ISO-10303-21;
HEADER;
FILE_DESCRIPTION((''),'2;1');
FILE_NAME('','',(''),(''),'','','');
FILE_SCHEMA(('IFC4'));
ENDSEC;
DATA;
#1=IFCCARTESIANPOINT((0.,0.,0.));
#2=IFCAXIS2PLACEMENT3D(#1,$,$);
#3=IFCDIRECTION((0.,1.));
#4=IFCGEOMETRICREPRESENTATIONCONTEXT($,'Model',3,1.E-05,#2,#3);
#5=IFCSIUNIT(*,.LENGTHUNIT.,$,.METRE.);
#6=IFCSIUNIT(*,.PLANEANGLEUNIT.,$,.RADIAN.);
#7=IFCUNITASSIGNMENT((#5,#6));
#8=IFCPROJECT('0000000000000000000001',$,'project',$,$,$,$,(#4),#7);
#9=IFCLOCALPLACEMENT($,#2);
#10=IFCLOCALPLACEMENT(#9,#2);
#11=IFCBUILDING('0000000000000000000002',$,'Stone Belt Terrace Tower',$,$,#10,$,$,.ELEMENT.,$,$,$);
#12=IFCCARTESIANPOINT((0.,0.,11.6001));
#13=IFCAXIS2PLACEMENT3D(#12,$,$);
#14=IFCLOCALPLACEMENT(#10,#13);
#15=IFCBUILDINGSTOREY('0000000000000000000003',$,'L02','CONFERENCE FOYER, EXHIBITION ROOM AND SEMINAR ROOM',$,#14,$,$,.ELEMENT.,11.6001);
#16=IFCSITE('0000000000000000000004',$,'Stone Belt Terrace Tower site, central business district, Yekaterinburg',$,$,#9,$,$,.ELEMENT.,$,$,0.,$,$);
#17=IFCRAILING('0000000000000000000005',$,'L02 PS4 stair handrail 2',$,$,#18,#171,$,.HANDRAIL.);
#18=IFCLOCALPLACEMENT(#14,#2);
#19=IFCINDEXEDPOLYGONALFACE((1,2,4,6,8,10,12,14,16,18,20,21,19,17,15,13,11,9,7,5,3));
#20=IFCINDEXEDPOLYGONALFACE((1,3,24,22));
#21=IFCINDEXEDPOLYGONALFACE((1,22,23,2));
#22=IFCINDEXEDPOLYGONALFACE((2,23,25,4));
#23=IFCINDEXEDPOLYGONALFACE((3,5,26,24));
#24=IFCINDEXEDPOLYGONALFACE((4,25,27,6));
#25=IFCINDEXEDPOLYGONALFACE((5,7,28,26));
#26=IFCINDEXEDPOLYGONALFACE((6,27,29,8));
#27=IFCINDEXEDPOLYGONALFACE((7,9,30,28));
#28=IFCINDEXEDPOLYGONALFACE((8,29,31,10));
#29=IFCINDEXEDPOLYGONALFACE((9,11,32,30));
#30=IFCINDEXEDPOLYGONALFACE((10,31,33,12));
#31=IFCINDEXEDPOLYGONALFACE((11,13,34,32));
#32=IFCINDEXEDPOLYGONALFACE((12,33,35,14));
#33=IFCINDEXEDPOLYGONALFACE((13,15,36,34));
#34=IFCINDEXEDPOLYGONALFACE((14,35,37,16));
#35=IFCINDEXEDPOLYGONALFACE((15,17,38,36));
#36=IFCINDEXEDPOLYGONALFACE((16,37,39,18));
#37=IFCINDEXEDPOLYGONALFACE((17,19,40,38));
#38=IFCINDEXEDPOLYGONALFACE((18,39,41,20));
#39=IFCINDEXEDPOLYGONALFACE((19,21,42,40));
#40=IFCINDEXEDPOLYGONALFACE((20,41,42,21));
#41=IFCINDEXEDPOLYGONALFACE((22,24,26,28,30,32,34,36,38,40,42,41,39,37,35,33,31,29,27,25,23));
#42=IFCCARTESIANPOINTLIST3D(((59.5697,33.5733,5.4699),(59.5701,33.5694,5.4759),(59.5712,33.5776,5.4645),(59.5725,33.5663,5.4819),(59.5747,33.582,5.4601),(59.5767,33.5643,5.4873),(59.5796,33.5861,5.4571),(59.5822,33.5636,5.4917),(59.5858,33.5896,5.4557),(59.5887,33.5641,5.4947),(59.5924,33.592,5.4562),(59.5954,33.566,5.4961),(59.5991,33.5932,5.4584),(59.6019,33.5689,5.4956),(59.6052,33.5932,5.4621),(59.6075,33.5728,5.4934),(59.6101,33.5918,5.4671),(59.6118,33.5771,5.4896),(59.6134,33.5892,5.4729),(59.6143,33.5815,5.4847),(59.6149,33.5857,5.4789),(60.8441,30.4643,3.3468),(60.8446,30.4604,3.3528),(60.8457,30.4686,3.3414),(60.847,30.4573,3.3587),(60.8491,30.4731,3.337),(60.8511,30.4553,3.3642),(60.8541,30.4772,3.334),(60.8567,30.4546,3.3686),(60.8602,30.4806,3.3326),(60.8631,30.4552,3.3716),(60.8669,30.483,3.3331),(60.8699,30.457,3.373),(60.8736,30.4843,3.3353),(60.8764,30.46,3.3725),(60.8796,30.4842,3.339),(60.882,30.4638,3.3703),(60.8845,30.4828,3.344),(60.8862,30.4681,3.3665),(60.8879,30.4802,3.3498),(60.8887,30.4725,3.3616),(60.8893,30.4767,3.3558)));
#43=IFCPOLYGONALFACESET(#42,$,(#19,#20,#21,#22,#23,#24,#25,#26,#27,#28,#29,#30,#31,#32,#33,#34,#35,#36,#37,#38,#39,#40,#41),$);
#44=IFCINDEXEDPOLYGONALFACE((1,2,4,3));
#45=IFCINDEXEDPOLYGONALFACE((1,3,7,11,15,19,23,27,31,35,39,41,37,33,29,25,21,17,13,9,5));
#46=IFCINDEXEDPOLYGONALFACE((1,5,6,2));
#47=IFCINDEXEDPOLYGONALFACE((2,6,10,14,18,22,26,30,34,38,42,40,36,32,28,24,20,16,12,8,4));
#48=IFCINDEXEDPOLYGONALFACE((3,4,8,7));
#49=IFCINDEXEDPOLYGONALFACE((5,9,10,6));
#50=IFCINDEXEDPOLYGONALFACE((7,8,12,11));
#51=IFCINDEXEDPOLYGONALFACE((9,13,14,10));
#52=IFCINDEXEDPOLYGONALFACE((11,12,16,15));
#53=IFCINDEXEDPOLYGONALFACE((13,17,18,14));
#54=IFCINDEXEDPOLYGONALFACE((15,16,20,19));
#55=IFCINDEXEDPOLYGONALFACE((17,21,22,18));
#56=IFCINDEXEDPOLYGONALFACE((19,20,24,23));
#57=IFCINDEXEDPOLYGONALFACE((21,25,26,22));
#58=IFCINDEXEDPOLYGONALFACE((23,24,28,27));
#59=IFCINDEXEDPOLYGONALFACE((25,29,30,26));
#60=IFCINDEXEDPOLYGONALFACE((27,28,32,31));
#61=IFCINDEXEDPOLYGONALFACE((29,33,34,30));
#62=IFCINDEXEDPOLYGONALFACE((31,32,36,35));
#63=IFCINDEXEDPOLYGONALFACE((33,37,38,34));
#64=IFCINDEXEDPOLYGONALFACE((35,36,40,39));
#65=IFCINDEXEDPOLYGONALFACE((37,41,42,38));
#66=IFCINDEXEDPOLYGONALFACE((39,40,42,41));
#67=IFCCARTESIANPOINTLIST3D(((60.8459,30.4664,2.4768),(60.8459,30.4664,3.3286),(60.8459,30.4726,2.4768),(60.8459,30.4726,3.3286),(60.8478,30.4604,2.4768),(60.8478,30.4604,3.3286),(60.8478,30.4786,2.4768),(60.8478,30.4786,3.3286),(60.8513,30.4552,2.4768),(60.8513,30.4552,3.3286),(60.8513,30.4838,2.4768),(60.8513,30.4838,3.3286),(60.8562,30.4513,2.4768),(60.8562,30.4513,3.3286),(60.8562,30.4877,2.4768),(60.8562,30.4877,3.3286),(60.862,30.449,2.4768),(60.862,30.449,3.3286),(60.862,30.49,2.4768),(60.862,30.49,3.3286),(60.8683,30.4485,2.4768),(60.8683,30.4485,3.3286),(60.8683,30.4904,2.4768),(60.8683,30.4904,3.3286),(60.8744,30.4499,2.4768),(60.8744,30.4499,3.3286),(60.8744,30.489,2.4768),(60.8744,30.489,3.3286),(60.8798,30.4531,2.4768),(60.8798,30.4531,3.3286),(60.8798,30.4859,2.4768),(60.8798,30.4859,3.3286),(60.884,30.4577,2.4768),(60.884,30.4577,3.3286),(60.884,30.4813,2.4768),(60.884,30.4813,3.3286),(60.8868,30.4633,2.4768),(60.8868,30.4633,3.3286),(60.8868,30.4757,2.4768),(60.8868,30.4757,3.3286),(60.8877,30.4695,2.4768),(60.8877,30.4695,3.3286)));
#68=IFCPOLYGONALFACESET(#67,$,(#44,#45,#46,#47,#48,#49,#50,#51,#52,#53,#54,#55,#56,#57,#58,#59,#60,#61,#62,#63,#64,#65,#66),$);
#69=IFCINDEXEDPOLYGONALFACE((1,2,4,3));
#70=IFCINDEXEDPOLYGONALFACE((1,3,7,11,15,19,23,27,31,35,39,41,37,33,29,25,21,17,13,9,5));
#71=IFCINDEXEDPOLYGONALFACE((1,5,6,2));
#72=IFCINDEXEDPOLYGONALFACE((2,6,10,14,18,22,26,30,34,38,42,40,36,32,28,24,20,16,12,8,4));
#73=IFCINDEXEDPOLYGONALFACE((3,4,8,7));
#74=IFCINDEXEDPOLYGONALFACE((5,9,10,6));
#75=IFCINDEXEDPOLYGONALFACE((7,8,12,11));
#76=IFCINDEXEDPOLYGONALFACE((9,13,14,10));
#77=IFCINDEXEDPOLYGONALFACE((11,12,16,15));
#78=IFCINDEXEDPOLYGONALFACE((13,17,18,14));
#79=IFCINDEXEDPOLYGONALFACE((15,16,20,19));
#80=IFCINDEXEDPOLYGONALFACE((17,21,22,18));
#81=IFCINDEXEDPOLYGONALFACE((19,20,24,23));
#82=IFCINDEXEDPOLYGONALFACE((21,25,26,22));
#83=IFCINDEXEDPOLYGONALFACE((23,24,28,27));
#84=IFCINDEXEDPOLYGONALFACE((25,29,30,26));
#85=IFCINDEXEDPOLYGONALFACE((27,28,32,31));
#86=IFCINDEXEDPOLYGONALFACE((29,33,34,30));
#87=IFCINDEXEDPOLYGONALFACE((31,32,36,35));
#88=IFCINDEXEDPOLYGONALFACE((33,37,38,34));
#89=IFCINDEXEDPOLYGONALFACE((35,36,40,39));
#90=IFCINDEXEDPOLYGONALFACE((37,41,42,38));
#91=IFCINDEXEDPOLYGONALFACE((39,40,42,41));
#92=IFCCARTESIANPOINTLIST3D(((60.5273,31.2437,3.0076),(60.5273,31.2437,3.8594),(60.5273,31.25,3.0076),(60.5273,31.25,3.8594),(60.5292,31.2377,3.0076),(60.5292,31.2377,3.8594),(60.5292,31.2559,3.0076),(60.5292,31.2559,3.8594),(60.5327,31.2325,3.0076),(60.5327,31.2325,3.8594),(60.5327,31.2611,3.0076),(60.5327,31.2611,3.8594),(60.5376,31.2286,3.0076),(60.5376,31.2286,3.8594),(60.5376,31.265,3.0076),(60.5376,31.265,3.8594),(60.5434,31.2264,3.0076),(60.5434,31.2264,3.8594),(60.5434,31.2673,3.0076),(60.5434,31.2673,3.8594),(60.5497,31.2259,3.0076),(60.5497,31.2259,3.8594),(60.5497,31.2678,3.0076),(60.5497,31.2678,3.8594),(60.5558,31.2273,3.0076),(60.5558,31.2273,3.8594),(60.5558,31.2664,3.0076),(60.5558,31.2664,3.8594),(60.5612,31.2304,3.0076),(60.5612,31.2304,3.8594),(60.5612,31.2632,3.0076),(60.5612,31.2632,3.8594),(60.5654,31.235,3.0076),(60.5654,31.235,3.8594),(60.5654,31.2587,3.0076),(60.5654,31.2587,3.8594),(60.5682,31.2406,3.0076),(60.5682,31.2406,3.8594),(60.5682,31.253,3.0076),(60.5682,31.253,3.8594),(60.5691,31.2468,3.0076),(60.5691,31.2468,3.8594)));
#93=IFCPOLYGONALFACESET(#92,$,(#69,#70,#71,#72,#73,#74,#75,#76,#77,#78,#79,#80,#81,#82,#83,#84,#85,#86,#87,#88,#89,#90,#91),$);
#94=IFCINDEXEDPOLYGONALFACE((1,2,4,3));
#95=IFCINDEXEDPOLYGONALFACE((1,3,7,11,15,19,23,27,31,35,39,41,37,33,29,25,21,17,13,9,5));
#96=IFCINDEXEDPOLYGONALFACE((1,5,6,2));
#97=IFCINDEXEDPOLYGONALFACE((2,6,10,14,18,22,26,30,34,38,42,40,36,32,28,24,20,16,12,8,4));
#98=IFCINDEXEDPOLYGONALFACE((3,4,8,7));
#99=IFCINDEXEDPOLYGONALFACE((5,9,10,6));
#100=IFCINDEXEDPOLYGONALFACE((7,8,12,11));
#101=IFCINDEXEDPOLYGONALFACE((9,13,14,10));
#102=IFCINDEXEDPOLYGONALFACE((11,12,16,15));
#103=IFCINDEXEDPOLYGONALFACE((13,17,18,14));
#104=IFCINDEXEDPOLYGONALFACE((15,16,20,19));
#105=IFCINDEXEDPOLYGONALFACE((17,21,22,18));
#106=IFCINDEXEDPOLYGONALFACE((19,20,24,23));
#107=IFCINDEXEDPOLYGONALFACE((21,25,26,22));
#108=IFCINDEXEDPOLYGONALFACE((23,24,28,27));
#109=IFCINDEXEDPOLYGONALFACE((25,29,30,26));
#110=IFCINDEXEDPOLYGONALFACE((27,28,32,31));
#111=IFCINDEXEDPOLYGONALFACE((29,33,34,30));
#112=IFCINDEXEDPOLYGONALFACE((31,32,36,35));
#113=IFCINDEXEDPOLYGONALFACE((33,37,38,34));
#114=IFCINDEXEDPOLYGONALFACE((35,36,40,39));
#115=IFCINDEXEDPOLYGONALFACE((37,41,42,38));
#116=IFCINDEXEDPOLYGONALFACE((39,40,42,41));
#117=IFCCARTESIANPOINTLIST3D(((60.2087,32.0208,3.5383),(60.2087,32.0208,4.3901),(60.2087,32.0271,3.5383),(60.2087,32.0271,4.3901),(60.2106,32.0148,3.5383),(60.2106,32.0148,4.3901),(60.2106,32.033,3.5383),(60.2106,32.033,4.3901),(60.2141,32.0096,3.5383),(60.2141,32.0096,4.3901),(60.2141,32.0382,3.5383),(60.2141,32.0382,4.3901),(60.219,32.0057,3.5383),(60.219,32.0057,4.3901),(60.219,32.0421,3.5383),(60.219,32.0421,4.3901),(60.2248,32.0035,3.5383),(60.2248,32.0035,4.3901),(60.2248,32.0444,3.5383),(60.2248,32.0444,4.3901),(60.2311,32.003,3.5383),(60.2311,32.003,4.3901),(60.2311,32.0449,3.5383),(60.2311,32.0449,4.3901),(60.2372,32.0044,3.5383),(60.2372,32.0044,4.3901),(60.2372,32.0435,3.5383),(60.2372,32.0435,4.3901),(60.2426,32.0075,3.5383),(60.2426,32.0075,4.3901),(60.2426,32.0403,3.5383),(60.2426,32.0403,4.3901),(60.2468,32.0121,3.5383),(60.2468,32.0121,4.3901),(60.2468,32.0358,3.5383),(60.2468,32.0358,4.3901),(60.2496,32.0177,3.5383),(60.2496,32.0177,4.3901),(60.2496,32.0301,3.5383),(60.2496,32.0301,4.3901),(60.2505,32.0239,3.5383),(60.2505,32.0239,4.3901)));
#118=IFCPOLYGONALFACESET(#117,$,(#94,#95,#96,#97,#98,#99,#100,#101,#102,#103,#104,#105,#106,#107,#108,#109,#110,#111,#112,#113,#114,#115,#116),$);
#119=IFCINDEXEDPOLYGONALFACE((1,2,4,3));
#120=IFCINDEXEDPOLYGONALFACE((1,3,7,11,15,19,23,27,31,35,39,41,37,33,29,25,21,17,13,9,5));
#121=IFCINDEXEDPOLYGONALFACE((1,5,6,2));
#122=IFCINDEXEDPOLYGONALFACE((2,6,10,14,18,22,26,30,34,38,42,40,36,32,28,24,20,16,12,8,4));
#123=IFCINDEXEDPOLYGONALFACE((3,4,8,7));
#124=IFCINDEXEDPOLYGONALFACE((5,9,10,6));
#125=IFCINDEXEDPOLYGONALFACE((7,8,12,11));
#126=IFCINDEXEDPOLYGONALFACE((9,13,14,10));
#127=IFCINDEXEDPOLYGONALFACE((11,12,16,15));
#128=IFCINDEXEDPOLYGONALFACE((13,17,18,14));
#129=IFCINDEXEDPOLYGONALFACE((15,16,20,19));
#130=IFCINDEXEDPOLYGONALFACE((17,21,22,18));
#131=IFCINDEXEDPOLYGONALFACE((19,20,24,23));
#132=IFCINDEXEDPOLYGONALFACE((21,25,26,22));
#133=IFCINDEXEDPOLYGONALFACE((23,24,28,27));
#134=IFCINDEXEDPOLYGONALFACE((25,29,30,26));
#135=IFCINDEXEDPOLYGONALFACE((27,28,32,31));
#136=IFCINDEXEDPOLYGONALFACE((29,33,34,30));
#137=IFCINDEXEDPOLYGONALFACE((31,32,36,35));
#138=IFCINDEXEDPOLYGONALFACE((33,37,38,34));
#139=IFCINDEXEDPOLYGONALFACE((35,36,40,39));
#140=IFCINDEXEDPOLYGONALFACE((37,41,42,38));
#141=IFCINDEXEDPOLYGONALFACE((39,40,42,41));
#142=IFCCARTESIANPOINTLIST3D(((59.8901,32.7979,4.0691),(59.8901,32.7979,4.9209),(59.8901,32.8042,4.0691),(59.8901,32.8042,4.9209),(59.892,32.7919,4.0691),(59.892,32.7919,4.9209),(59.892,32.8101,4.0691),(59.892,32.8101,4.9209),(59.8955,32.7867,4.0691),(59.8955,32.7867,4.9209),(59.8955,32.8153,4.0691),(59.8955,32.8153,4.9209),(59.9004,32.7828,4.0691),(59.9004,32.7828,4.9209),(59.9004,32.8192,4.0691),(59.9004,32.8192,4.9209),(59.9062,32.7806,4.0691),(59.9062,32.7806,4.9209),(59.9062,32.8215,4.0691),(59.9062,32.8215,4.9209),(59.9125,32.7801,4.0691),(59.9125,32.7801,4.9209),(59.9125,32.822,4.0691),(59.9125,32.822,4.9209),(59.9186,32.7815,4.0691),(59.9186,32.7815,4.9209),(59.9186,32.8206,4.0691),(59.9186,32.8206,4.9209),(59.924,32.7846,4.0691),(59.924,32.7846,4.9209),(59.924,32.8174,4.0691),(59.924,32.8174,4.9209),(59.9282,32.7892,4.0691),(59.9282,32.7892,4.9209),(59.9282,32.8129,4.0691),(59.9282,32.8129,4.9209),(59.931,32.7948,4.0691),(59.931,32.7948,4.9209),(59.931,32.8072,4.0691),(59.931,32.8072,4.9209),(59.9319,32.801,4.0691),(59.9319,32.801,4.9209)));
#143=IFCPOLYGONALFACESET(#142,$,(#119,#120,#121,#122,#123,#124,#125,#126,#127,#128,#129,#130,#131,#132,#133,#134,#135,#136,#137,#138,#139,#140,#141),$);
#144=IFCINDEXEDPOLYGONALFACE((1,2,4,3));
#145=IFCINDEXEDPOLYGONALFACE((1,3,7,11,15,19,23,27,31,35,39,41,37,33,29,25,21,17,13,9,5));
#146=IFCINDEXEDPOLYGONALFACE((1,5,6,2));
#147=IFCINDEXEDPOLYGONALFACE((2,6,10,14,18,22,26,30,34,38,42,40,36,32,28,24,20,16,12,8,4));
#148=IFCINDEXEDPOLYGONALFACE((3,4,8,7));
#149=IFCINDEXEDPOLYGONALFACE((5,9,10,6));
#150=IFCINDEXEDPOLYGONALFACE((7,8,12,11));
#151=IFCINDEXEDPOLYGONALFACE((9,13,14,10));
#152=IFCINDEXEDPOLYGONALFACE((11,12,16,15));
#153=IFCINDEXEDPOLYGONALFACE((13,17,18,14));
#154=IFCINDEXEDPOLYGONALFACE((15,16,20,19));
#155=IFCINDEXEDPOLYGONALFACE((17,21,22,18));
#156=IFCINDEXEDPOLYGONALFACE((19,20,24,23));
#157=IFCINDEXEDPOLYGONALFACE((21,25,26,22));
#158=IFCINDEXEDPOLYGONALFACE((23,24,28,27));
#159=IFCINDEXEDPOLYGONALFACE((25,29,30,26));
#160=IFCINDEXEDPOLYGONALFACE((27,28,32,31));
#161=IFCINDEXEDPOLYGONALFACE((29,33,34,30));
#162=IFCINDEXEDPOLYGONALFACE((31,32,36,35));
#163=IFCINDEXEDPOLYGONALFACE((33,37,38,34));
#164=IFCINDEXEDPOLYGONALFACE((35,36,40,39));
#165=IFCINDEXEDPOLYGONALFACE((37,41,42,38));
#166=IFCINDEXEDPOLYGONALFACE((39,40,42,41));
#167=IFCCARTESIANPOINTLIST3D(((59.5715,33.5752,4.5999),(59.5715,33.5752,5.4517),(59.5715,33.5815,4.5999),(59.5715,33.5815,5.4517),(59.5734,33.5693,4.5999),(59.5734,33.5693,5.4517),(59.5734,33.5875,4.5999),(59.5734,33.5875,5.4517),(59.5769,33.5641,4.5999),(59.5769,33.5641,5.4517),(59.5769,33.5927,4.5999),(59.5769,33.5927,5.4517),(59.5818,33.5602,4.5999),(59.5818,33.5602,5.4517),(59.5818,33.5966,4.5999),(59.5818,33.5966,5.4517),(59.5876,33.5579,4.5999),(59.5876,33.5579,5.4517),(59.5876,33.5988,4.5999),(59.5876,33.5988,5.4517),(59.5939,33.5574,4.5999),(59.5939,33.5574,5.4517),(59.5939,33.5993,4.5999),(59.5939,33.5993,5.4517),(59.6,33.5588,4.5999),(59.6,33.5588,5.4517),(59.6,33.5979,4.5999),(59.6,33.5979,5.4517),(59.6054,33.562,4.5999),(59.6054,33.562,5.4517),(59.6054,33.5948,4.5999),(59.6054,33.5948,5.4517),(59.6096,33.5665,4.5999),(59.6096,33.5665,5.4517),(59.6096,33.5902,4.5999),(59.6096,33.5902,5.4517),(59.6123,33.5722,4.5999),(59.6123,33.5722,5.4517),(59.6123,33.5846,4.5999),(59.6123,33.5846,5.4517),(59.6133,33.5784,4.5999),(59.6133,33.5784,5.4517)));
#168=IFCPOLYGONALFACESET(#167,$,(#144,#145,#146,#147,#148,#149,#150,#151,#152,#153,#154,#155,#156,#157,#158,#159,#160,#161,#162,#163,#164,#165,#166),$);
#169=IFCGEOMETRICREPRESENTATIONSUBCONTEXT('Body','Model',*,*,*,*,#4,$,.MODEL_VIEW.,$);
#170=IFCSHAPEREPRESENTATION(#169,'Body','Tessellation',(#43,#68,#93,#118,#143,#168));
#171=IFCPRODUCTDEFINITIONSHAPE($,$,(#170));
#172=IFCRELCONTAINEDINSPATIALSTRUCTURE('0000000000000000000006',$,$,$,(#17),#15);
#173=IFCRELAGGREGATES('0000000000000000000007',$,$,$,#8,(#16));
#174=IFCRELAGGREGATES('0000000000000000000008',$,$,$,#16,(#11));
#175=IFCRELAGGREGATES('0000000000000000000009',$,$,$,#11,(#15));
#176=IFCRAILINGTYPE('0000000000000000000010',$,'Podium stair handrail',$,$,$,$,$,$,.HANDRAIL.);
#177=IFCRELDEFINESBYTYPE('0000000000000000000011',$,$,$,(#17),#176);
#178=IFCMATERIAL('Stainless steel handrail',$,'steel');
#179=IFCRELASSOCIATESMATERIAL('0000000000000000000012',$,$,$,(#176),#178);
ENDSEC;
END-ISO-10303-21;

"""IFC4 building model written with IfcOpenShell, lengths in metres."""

from ifc_helpers import new_model, si_unit, direction, frame, origin, origin_2d, place, context, subcontext, project, spatial, circle, extrude, material, type_object, element, save


model = new_model("IFC4")

# Units and contexts
model_context = context("Model", 3, precision=1e-05, world=origin(), true_north=direction((0.0, 1.0)))
body_context = subcontext(model_context, "Body", "Model", "MODEL_VIEW")
ifc_project = project(units=[si_unit("LENGTHUNIT", "METRE"), si_unit("PLANEANGLEUNIT", "RADIAN")], contexts=[model_context])

# Site, building, storey
site_placement = place(None, origin())
site = spatial("IfcSite", under=ifc_project, at=site_placement, Name="Stone Belt Terrace Tower site, central business district, Yekaterinburg", CompositionType="ELEMENT", RefElevation=0.0)
building_placement = place(site_placement, origin())
building = spatial("IfcBuilding", under=site, at=building_placement, Name="Stone Belt Terrace Tower", CompositionType="ELEMENT")
storey_placement = place(building_placement, frame((0.0, 0.0, 11.6001)))
storey = spatial("IfcBuildingStorey", under=building, at=storey_placement, Name="L02", Description="CONFERENCE FOYER, EXHIBITION ROOM AND SEMINAR ROOM", CompositionType="ELEMENT", Elevation=11.6001)

# Railing
ifc_material_1 = material(Name="Stainless steel handrail", Category="steel")
railing_type_1 = type_object("IfcRailingType", Name="Podium stair handrail", PredefinedType="HANDRAIL", material=ifc_material_1)
railing_1_placement = place(storey_placement, frame((60.8667, 30.4695, 2.4768)))
element("IfcRailing", 1, at=railing_1_placement, inside=storey, type_object=railing_type_1, Name="L02 PS4 stair handrail 2", PredefinedType="HANDRAIL", context=body_context, shape_type="SweptSolid", body=[
    extrude(circle(Radius=0.0239, at=origin_2d()), frame((0.0, 0.0, 0.876), z_axis=(-0.320648, 0.782209, 0.534167), x_axis=(-0.925276, -0.379295, 0.0)), (0.0, 0.0, 1.0), 3.9746),
    extrude(circle(Radius=0.021, at=origin_2d()), origin(), (0.0, 0.0, 1.0), 0.8518),
    extrude(circle(Radius=0.021, at=origin_2d()), frame((-0.3186, 0.7773, 0.5308)), (0.0, 0.0, 1.0), 0.8518),
    extrude(circle(Radius=0.021, at=origin_2d()), frame((-0.6372, 1.5544, 1.0615)), (0.0, 0.0, 1.0), 0.8518),
    extrude(circle(Radius=0.021, at=origin_2d()), frame((-0.9558, 2.3315, 1.5923)), (0.0, 0.0, 1.0), 0.8518),
    extrude(circle(Radius=0.021, at=origin_2d()), frame((-1.2744, 3.1089, 2.123)), (0.0, 0.0, 1.0), 0.8518),
])

save(model, "model.ifc")
